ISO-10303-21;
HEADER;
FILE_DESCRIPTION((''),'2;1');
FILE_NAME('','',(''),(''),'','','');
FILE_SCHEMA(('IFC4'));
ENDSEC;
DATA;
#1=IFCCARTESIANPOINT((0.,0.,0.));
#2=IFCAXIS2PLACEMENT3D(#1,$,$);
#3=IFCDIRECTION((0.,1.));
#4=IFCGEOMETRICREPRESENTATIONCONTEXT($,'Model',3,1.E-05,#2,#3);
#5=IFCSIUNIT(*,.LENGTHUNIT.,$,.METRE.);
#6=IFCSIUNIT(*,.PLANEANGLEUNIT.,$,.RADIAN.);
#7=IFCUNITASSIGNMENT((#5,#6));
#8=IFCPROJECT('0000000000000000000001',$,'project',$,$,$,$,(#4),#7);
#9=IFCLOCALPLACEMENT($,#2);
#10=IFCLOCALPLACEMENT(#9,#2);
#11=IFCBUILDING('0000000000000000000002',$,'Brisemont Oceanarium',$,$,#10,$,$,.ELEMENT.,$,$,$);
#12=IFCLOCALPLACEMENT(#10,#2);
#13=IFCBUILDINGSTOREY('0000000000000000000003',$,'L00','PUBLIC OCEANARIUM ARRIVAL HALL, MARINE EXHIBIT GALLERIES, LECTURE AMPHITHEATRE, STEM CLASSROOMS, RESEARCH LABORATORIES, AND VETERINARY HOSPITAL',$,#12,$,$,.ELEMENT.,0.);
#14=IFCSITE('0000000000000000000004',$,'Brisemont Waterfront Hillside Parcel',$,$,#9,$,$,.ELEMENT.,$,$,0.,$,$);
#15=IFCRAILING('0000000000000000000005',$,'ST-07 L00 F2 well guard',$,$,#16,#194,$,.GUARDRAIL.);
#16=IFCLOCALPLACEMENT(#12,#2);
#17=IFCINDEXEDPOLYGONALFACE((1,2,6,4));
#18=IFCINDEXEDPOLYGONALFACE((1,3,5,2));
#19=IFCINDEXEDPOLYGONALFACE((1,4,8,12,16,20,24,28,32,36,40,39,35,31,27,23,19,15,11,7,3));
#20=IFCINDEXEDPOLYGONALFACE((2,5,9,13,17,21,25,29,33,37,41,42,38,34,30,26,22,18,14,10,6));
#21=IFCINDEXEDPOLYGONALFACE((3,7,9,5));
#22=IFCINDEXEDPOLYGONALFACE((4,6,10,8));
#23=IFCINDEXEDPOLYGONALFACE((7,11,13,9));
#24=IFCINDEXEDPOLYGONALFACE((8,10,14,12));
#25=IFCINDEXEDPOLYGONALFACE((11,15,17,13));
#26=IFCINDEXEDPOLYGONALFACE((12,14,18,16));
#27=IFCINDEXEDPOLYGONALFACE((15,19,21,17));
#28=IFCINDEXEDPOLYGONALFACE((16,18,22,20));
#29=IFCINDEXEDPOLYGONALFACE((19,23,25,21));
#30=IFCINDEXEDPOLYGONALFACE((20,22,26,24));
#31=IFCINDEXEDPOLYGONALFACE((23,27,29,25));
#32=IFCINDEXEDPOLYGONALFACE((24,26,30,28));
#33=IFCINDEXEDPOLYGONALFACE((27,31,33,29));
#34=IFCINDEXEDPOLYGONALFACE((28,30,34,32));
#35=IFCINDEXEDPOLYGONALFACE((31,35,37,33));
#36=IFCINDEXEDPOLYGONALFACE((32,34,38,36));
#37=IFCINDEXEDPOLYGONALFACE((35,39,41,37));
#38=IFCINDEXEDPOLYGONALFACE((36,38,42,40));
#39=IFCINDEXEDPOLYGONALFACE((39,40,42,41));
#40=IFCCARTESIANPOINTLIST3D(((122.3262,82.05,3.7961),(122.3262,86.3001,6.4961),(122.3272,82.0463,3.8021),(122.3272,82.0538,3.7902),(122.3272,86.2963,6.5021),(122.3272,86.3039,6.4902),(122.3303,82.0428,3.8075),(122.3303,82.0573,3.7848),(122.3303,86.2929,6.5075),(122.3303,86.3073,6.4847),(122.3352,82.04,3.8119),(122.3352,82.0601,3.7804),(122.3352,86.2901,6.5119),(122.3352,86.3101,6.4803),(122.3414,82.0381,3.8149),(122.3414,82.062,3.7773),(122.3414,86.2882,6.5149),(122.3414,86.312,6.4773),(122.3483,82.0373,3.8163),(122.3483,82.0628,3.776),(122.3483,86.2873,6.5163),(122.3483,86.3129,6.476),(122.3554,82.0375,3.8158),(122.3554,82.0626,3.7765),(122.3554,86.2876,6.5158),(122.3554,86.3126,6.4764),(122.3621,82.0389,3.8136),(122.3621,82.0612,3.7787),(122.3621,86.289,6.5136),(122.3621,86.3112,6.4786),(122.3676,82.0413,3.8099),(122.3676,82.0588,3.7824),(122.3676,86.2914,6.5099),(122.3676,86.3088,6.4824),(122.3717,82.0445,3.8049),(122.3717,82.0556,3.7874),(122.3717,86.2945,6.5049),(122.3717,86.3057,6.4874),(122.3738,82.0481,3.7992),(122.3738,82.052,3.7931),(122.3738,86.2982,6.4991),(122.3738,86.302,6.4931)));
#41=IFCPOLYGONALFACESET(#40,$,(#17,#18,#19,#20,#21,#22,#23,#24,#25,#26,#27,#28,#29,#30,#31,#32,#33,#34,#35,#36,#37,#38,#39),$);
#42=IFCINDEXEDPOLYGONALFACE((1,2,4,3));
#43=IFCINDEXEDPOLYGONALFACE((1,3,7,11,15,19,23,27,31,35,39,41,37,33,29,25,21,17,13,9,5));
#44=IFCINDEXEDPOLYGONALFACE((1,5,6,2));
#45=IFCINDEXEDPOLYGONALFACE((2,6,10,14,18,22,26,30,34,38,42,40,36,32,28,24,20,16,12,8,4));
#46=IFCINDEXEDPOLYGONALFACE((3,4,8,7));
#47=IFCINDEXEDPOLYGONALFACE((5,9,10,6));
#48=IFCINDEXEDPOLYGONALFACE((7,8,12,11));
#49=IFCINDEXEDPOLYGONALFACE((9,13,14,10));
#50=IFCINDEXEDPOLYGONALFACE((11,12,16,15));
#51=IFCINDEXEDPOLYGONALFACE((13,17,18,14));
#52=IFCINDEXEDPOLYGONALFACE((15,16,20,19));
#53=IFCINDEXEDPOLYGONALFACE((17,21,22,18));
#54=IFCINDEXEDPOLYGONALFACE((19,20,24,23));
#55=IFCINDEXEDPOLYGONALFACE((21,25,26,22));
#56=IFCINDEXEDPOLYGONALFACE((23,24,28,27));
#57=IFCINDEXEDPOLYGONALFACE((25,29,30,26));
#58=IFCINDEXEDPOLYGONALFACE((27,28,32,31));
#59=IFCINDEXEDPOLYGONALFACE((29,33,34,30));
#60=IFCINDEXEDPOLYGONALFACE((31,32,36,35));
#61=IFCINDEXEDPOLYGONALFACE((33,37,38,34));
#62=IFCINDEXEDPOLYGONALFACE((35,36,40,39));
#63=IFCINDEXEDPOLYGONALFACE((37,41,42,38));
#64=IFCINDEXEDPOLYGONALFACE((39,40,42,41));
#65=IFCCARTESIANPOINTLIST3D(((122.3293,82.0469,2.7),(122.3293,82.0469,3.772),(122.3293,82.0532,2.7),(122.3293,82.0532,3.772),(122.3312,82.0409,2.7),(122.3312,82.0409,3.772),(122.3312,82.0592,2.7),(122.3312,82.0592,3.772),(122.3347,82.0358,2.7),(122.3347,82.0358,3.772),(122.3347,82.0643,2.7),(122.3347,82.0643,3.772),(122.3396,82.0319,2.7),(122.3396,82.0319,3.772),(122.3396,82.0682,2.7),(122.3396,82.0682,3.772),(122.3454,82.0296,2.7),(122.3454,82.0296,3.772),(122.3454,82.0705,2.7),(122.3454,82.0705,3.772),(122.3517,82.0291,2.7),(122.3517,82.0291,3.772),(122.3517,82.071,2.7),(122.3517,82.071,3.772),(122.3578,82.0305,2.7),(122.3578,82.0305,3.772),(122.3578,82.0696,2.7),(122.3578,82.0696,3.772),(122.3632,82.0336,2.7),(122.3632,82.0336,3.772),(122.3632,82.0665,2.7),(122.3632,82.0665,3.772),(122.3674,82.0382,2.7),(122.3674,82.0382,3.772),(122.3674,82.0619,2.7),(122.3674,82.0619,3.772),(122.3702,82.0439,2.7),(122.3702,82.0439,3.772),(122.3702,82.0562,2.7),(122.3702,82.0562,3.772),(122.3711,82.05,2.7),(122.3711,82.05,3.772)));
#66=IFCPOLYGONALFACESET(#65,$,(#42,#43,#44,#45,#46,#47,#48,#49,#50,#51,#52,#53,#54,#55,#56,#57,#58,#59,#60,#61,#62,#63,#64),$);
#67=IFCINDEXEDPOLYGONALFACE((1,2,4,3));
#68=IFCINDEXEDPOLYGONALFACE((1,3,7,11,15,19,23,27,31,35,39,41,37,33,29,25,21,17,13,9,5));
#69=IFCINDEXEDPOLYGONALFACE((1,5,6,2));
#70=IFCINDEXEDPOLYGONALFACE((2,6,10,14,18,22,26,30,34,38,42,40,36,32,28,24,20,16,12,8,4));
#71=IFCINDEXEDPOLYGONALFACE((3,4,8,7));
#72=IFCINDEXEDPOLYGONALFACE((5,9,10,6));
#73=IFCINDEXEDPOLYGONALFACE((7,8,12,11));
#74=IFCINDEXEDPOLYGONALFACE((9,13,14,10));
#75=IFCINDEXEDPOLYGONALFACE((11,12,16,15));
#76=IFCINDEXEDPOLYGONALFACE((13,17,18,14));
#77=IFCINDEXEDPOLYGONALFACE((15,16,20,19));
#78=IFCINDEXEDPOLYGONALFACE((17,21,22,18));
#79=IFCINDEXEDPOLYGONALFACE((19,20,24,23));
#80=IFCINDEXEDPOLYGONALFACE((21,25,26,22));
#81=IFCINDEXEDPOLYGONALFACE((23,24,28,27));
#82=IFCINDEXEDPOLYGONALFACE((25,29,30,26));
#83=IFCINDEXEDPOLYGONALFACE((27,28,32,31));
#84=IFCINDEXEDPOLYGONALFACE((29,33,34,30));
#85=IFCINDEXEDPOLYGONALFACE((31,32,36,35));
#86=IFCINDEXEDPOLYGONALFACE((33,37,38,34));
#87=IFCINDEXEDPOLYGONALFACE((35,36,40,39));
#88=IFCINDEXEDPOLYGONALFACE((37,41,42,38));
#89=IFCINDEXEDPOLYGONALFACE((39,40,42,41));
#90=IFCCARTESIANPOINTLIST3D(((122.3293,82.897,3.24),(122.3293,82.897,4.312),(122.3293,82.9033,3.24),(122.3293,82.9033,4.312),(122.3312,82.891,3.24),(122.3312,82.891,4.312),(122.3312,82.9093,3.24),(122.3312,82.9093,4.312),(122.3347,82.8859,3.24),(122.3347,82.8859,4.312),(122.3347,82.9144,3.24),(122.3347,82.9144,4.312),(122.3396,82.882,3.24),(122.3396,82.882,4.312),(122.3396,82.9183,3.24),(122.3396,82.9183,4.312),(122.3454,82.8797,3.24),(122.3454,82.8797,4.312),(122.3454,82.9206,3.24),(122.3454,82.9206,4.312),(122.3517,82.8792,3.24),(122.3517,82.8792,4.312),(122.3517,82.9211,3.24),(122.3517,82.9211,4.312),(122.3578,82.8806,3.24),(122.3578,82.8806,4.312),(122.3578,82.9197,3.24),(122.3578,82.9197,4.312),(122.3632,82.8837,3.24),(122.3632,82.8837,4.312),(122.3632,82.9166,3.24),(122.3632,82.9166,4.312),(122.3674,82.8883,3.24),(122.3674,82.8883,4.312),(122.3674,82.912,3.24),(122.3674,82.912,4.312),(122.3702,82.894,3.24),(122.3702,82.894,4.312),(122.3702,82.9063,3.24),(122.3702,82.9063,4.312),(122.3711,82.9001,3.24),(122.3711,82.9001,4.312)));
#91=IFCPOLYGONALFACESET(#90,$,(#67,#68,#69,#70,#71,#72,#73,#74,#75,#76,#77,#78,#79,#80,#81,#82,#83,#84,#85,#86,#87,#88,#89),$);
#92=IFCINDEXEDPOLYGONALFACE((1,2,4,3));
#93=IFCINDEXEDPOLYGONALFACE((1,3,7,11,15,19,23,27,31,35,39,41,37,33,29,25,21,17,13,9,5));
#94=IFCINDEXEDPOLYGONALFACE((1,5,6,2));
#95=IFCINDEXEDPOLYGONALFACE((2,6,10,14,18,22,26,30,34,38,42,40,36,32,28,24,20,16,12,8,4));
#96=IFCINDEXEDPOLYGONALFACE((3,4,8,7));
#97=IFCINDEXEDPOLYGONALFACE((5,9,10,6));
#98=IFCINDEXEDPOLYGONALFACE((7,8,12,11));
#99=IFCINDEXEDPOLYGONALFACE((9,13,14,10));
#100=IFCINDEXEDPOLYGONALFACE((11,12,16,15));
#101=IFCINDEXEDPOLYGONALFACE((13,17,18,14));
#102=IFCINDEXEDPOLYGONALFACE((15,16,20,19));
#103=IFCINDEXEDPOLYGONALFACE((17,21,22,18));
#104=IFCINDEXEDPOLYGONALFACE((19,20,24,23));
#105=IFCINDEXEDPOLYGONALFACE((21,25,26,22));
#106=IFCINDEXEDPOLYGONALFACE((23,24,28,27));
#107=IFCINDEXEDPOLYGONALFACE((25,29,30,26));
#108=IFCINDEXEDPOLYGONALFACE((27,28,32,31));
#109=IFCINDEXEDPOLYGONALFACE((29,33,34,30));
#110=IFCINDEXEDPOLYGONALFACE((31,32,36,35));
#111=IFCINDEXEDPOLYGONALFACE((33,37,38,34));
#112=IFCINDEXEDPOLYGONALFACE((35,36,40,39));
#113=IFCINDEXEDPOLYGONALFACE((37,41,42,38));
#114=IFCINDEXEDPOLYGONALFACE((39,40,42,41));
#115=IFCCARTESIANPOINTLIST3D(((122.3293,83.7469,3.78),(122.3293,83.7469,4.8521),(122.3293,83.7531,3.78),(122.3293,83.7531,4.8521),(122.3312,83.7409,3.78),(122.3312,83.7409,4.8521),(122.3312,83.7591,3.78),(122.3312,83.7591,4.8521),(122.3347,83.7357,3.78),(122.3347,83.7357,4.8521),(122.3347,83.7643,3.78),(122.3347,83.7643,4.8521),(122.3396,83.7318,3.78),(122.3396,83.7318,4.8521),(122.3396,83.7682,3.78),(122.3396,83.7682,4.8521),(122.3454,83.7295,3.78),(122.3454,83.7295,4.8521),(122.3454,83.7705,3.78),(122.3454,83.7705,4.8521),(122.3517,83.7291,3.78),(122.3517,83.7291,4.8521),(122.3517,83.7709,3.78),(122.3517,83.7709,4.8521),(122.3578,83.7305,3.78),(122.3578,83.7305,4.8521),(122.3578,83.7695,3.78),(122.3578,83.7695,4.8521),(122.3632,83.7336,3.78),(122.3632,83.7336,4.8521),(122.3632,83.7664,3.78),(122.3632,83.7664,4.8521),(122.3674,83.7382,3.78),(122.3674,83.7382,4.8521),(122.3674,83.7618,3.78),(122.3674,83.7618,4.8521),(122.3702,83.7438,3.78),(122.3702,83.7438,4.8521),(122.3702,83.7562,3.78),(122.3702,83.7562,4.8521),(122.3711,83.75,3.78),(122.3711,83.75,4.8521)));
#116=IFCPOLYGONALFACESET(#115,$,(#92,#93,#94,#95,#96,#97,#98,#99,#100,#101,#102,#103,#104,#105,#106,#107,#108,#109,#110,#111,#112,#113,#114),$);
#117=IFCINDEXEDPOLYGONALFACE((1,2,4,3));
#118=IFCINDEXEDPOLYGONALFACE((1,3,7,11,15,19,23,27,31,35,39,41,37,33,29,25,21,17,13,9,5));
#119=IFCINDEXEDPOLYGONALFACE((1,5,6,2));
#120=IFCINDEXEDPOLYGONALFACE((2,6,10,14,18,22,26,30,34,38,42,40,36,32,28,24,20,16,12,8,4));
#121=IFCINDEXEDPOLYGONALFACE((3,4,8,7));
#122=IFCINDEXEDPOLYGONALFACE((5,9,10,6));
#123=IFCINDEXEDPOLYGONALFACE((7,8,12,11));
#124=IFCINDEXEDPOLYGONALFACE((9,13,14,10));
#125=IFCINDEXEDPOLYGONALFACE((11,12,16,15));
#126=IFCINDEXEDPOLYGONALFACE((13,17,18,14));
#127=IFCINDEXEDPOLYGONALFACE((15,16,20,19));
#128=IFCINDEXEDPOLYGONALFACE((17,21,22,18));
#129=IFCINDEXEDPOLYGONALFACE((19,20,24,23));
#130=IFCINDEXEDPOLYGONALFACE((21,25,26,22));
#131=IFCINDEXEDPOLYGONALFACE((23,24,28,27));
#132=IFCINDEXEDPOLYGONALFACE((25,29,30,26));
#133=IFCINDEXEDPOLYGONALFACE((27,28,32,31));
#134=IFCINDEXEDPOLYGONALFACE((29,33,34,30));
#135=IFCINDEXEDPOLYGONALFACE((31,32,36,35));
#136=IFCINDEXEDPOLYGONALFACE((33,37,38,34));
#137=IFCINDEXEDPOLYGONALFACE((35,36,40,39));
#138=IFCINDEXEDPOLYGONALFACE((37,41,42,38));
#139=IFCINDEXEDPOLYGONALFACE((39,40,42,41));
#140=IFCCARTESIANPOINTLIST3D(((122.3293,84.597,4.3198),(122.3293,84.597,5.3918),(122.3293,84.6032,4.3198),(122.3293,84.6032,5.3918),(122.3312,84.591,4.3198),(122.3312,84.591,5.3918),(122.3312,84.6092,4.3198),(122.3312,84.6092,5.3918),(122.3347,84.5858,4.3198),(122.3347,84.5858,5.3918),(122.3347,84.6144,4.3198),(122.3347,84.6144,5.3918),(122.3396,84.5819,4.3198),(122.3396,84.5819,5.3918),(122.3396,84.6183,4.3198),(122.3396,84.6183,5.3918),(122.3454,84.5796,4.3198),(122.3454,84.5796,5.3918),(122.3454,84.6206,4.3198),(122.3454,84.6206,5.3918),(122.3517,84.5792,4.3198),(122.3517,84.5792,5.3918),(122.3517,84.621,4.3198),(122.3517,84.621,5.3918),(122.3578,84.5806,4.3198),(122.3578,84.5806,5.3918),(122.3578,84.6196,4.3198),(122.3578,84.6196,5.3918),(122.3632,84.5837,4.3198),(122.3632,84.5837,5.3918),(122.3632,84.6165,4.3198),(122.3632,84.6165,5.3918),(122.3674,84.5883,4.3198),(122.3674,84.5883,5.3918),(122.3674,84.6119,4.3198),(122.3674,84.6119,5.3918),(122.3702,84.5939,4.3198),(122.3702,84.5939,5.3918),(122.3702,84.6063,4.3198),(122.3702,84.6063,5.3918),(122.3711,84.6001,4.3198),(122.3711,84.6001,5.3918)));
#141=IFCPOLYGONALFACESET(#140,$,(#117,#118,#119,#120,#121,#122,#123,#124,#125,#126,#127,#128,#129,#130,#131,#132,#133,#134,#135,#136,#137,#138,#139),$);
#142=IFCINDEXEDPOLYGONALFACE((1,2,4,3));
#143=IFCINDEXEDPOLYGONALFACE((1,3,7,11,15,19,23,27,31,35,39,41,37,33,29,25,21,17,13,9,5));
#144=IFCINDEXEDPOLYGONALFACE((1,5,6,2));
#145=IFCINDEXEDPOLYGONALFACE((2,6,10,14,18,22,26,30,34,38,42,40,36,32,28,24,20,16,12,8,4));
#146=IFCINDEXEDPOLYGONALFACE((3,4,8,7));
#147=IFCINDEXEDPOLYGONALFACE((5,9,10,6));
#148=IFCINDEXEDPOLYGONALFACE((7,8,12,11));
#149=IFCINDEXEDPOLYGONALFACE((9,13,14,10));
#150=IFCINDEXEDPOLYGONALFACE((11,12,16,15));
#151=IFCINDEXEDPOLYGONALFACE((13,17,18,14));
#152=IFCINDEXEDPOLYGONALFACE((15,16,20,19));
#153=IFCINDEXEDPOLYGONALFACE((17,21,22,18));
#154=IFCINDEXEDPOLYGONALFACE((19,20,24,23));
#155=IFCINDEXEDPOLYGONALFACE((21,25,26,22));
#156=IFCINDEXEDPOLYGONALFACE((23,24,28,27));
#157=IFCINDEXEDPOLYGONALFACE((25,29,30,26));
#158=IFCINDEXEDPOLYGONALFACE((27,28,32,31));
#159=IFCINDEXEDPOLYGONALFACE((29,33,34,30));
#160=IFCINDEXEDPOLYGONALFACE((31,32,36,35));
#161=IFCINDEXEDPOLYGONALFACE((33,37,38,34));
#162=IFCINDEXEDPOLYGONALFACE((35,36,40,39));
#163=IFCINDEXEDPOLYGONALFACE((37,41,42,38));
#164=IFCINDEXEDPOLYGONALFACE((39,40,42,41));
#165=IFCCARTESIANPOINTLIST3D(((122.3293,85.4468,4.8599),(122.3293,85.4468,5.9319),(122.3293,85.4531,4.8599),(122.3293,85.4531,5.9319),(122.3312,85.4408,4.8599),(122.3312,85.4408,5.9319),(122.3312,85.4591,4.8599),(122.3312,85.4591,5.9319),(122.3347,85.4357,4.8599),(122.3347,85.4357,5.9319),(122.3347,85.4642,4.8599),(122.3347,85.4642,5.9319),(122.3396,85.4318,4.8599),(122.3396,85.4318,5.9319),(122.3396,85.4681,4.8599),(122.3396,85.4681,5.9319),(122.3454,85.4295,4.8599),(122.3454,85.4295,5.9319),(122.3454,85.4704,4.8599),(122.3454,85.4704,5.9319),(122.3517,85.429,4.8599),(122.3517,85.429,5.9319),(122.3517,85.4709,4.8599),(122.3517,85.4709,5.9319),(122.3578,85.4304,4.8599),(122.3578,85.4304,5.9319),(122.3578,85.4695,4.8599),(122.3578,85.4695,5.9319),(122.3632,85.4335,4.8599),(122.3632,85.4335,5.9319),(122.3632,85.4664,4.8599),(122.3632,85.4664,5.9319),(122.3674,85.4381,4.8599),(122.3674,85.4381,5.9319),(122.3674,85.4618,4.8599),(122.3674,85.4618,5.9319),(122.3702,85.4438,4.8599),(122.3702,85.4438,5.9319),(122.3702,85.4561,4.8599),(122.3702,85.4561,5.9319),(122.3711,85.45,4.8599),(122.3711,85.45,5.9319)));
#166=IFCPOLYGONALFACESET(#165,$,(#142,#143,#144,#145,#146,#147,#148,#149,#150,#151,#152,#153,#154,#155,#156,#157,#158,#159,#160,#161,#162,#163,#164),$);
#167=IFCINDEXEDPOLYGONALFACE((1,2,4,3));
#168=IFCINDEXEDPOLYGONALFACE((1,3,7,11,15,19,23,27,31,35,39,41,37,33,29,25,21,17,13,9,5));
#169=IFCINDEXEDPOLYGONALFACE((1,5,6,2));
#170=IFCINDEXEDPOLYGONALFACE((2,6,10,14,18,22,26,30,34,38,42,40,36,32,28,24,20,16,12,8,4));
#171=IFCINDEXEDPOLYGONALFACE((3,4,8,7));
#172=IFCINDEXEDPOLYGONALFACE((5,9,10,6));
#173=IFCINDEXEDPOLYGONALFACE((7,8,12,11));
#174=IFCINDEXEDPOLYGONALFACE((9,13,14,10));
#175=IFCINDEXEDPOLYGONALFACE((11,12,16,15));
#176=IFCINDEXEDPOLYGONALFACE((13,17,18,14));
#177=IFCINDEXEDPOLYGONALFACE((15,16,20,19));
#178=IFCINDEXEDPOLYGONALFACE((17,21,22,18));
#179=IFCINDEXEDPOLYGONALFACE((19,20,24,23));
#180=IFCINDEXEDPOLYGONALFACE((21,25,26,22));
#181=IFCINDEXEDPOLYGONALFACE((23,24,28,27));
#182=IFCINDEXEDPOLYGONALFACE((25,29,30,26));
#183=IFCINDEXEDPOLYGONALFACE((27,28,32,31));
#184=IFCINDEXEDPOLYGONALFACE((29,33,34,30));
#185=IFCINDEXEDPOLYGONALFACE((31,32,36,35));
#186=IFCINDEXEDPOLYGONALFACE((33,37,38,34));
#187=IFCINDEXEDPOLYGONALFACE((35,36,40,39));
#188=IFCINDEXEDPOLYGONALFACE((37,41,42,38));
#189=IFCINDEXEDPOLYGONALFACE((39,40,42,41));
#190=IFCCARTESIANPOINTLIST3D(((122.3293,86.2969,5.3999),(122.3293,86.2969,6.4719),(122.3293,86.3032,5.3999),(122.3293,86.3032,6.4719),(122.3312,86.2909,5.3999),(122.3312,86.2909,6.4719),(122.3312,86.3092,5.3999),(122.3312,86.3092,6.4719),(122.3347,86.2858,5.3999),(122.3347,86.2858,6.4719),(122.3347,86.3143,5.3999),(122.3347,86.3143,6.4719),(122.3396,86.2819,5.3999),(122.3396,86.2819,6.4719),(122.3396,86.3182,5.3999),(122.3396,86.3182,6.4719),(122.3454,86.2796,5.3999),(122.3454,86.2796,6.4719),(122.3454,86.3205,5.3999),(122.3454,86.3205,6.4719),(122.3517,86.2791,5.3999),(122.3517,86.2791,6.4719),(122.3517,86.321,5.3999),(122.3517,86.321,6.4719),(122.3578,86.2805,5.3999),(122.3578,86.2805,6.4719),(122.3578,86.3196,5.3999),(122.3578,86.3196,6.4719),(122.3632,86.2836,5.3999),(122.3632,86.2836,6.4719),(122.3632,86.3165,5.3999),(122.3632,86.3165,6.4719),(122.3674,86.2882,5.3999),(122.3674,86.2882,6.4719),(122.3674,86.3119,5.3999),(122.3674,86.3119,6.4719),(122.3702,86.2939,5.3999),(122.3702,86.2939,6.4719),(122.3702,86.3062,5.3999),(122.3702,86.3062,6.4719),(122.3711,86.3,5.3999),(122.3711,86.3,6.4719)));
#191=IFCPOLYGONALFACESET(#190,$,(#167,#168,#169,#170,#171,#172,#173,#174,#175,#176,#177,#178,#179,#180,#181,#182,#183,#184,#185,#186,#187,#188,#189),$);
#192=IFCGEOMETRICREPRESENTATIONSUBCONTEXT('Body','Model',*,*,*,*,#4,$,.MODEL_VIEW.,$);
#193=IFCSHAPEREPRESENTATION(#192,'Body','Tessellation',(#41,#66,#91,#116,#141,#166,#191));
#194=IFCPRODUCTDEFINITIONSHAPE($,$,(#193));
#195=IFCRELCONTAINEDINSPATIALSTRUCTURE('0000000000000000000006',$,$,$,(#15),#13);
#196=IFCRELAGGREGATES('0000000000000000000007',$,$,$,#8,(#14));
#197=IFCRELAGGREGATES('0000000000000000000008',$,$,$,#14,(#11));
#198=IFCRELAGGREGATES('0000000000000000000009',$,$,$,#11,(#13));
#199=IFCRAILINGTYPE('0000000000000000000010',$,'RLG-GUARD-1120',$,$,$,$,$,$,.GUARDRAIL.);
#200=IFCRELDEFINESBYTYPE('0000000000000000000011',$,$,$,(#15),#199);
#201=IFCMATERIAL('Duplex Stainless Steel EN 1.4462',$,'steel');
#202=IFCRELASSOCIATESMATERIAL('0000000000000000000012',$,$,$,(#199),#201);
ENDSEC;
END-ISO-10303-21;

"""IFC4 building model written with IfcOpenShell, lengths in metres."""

from ifc_helpers import new_model, si_unit, direction, frame, origin, origin_2d, place, context, subcontext, project, spatial, circle, extrude, material, type_object, element, save


model = new_model("IFC4")

# Units and contexts
model_context = context("Model", 3, precision=1e-05, world=origin(), true_north=direction((0.0, 1.0)))
body_context = subcontext(model_context, "Body", "Model", "MODEL_VIEW")
ifc_project = project(units=[si_unit("LENGTHUNIT", "METRE"), si_unit("PLANEANGLEUNIT", "RADIAN")], contexts=[model_context])

# Site, building, storey
site_placement = place(None, origin())
site = spatial("IfcSite", under=ifc_project, at=site_placement, Name="Brisemont Waterfront Hillside Parcel", CompositionType="ELEMENT", RefElevation=0.0)
building_placement = place(site_placement, origin())
building = spatial("IfcBuilding", under=site, at=building_placement, Name="Brisemont Oceanarium", CompositionType="ELEMENT")
storey_placement = place(building_placement, origin())
storey = spatial("IfcBuildingStorey", under=building, at=storey_placement, Name="L00", Description="PUBLIC OCEANARIUM ARRIVAL HALL, MARINE EXHIBIT GALLERIES, LECTURE AMPHITHEATRE, STEM CLASSROOMS, RESEARCH LABORATORIES, AND VETERINARY HOSPITAL", CompositionType="ELEMENT", Elevation=0.0)

# Railing
ifc_material_1 = material(Name="Duplex Stainless Steel EN 1.4462", Category="steel")
railing_type_1 = type_object("IfcRailingType", Name="RLG-GUARD-1120", PredefinedType="GUARDRAIL", material=ifc_material_1)
railing_1_placement = place(storey_placement, frame((122.3501, 82.05, 2.7)))
element("IfcRailing", 1, at=railing_1_placement, inside=storey, type_object=railing_type_1, Name="ST-07 L00 F2 well guard", PredefinedType="GUARDRAIL", context=body_context, shape_type="SweptSolid", body=[
    extrude(circle(Radius=0.0239, at=origin_2d()), frame((0.0, 0.0, 1.0962), z_axis=(0.0, 0.844075, 0.536226), x_axis=(-1.0, 0.0, 0.0)), (0.0, 0.0, 1.0), 5.0352),
    extrude(circle(Radius=0.021, at=origin_2d()), origin(), (0.0, 0.0, 1.0), 1.072),
    extrude(circle(Radius=0.021, at=origin_2d()), frame((0.0, 0.8501, 0.54)), (0.0, 0.0, 1.0), 1.072),
    extrude(circle(Radius=0.021, at=origin_2d()), frame((0.0, 1.7, 1.0801)), (0.0, 0.0, 1.0), 1.072),
    extrude(circle(Radius=0.021, at=origin_2d()), frame((0.0, 2.55, 1.6199)), (0.0, 0.0, 1.0), 1.072),
    extrude(circle(Radius=0.021, at=origin_2d()), frame((0.0, 3.3999, 2.1599)), (0.0, 0.0, 1.0), 1.072),
    extrude(circle(Radius=0.021, at=origin_2d()), frame((0.0, 4.25, 2.7)), (0.0, 0.0, 1.0), 1.072),
])

save(model, "model.ifc")
